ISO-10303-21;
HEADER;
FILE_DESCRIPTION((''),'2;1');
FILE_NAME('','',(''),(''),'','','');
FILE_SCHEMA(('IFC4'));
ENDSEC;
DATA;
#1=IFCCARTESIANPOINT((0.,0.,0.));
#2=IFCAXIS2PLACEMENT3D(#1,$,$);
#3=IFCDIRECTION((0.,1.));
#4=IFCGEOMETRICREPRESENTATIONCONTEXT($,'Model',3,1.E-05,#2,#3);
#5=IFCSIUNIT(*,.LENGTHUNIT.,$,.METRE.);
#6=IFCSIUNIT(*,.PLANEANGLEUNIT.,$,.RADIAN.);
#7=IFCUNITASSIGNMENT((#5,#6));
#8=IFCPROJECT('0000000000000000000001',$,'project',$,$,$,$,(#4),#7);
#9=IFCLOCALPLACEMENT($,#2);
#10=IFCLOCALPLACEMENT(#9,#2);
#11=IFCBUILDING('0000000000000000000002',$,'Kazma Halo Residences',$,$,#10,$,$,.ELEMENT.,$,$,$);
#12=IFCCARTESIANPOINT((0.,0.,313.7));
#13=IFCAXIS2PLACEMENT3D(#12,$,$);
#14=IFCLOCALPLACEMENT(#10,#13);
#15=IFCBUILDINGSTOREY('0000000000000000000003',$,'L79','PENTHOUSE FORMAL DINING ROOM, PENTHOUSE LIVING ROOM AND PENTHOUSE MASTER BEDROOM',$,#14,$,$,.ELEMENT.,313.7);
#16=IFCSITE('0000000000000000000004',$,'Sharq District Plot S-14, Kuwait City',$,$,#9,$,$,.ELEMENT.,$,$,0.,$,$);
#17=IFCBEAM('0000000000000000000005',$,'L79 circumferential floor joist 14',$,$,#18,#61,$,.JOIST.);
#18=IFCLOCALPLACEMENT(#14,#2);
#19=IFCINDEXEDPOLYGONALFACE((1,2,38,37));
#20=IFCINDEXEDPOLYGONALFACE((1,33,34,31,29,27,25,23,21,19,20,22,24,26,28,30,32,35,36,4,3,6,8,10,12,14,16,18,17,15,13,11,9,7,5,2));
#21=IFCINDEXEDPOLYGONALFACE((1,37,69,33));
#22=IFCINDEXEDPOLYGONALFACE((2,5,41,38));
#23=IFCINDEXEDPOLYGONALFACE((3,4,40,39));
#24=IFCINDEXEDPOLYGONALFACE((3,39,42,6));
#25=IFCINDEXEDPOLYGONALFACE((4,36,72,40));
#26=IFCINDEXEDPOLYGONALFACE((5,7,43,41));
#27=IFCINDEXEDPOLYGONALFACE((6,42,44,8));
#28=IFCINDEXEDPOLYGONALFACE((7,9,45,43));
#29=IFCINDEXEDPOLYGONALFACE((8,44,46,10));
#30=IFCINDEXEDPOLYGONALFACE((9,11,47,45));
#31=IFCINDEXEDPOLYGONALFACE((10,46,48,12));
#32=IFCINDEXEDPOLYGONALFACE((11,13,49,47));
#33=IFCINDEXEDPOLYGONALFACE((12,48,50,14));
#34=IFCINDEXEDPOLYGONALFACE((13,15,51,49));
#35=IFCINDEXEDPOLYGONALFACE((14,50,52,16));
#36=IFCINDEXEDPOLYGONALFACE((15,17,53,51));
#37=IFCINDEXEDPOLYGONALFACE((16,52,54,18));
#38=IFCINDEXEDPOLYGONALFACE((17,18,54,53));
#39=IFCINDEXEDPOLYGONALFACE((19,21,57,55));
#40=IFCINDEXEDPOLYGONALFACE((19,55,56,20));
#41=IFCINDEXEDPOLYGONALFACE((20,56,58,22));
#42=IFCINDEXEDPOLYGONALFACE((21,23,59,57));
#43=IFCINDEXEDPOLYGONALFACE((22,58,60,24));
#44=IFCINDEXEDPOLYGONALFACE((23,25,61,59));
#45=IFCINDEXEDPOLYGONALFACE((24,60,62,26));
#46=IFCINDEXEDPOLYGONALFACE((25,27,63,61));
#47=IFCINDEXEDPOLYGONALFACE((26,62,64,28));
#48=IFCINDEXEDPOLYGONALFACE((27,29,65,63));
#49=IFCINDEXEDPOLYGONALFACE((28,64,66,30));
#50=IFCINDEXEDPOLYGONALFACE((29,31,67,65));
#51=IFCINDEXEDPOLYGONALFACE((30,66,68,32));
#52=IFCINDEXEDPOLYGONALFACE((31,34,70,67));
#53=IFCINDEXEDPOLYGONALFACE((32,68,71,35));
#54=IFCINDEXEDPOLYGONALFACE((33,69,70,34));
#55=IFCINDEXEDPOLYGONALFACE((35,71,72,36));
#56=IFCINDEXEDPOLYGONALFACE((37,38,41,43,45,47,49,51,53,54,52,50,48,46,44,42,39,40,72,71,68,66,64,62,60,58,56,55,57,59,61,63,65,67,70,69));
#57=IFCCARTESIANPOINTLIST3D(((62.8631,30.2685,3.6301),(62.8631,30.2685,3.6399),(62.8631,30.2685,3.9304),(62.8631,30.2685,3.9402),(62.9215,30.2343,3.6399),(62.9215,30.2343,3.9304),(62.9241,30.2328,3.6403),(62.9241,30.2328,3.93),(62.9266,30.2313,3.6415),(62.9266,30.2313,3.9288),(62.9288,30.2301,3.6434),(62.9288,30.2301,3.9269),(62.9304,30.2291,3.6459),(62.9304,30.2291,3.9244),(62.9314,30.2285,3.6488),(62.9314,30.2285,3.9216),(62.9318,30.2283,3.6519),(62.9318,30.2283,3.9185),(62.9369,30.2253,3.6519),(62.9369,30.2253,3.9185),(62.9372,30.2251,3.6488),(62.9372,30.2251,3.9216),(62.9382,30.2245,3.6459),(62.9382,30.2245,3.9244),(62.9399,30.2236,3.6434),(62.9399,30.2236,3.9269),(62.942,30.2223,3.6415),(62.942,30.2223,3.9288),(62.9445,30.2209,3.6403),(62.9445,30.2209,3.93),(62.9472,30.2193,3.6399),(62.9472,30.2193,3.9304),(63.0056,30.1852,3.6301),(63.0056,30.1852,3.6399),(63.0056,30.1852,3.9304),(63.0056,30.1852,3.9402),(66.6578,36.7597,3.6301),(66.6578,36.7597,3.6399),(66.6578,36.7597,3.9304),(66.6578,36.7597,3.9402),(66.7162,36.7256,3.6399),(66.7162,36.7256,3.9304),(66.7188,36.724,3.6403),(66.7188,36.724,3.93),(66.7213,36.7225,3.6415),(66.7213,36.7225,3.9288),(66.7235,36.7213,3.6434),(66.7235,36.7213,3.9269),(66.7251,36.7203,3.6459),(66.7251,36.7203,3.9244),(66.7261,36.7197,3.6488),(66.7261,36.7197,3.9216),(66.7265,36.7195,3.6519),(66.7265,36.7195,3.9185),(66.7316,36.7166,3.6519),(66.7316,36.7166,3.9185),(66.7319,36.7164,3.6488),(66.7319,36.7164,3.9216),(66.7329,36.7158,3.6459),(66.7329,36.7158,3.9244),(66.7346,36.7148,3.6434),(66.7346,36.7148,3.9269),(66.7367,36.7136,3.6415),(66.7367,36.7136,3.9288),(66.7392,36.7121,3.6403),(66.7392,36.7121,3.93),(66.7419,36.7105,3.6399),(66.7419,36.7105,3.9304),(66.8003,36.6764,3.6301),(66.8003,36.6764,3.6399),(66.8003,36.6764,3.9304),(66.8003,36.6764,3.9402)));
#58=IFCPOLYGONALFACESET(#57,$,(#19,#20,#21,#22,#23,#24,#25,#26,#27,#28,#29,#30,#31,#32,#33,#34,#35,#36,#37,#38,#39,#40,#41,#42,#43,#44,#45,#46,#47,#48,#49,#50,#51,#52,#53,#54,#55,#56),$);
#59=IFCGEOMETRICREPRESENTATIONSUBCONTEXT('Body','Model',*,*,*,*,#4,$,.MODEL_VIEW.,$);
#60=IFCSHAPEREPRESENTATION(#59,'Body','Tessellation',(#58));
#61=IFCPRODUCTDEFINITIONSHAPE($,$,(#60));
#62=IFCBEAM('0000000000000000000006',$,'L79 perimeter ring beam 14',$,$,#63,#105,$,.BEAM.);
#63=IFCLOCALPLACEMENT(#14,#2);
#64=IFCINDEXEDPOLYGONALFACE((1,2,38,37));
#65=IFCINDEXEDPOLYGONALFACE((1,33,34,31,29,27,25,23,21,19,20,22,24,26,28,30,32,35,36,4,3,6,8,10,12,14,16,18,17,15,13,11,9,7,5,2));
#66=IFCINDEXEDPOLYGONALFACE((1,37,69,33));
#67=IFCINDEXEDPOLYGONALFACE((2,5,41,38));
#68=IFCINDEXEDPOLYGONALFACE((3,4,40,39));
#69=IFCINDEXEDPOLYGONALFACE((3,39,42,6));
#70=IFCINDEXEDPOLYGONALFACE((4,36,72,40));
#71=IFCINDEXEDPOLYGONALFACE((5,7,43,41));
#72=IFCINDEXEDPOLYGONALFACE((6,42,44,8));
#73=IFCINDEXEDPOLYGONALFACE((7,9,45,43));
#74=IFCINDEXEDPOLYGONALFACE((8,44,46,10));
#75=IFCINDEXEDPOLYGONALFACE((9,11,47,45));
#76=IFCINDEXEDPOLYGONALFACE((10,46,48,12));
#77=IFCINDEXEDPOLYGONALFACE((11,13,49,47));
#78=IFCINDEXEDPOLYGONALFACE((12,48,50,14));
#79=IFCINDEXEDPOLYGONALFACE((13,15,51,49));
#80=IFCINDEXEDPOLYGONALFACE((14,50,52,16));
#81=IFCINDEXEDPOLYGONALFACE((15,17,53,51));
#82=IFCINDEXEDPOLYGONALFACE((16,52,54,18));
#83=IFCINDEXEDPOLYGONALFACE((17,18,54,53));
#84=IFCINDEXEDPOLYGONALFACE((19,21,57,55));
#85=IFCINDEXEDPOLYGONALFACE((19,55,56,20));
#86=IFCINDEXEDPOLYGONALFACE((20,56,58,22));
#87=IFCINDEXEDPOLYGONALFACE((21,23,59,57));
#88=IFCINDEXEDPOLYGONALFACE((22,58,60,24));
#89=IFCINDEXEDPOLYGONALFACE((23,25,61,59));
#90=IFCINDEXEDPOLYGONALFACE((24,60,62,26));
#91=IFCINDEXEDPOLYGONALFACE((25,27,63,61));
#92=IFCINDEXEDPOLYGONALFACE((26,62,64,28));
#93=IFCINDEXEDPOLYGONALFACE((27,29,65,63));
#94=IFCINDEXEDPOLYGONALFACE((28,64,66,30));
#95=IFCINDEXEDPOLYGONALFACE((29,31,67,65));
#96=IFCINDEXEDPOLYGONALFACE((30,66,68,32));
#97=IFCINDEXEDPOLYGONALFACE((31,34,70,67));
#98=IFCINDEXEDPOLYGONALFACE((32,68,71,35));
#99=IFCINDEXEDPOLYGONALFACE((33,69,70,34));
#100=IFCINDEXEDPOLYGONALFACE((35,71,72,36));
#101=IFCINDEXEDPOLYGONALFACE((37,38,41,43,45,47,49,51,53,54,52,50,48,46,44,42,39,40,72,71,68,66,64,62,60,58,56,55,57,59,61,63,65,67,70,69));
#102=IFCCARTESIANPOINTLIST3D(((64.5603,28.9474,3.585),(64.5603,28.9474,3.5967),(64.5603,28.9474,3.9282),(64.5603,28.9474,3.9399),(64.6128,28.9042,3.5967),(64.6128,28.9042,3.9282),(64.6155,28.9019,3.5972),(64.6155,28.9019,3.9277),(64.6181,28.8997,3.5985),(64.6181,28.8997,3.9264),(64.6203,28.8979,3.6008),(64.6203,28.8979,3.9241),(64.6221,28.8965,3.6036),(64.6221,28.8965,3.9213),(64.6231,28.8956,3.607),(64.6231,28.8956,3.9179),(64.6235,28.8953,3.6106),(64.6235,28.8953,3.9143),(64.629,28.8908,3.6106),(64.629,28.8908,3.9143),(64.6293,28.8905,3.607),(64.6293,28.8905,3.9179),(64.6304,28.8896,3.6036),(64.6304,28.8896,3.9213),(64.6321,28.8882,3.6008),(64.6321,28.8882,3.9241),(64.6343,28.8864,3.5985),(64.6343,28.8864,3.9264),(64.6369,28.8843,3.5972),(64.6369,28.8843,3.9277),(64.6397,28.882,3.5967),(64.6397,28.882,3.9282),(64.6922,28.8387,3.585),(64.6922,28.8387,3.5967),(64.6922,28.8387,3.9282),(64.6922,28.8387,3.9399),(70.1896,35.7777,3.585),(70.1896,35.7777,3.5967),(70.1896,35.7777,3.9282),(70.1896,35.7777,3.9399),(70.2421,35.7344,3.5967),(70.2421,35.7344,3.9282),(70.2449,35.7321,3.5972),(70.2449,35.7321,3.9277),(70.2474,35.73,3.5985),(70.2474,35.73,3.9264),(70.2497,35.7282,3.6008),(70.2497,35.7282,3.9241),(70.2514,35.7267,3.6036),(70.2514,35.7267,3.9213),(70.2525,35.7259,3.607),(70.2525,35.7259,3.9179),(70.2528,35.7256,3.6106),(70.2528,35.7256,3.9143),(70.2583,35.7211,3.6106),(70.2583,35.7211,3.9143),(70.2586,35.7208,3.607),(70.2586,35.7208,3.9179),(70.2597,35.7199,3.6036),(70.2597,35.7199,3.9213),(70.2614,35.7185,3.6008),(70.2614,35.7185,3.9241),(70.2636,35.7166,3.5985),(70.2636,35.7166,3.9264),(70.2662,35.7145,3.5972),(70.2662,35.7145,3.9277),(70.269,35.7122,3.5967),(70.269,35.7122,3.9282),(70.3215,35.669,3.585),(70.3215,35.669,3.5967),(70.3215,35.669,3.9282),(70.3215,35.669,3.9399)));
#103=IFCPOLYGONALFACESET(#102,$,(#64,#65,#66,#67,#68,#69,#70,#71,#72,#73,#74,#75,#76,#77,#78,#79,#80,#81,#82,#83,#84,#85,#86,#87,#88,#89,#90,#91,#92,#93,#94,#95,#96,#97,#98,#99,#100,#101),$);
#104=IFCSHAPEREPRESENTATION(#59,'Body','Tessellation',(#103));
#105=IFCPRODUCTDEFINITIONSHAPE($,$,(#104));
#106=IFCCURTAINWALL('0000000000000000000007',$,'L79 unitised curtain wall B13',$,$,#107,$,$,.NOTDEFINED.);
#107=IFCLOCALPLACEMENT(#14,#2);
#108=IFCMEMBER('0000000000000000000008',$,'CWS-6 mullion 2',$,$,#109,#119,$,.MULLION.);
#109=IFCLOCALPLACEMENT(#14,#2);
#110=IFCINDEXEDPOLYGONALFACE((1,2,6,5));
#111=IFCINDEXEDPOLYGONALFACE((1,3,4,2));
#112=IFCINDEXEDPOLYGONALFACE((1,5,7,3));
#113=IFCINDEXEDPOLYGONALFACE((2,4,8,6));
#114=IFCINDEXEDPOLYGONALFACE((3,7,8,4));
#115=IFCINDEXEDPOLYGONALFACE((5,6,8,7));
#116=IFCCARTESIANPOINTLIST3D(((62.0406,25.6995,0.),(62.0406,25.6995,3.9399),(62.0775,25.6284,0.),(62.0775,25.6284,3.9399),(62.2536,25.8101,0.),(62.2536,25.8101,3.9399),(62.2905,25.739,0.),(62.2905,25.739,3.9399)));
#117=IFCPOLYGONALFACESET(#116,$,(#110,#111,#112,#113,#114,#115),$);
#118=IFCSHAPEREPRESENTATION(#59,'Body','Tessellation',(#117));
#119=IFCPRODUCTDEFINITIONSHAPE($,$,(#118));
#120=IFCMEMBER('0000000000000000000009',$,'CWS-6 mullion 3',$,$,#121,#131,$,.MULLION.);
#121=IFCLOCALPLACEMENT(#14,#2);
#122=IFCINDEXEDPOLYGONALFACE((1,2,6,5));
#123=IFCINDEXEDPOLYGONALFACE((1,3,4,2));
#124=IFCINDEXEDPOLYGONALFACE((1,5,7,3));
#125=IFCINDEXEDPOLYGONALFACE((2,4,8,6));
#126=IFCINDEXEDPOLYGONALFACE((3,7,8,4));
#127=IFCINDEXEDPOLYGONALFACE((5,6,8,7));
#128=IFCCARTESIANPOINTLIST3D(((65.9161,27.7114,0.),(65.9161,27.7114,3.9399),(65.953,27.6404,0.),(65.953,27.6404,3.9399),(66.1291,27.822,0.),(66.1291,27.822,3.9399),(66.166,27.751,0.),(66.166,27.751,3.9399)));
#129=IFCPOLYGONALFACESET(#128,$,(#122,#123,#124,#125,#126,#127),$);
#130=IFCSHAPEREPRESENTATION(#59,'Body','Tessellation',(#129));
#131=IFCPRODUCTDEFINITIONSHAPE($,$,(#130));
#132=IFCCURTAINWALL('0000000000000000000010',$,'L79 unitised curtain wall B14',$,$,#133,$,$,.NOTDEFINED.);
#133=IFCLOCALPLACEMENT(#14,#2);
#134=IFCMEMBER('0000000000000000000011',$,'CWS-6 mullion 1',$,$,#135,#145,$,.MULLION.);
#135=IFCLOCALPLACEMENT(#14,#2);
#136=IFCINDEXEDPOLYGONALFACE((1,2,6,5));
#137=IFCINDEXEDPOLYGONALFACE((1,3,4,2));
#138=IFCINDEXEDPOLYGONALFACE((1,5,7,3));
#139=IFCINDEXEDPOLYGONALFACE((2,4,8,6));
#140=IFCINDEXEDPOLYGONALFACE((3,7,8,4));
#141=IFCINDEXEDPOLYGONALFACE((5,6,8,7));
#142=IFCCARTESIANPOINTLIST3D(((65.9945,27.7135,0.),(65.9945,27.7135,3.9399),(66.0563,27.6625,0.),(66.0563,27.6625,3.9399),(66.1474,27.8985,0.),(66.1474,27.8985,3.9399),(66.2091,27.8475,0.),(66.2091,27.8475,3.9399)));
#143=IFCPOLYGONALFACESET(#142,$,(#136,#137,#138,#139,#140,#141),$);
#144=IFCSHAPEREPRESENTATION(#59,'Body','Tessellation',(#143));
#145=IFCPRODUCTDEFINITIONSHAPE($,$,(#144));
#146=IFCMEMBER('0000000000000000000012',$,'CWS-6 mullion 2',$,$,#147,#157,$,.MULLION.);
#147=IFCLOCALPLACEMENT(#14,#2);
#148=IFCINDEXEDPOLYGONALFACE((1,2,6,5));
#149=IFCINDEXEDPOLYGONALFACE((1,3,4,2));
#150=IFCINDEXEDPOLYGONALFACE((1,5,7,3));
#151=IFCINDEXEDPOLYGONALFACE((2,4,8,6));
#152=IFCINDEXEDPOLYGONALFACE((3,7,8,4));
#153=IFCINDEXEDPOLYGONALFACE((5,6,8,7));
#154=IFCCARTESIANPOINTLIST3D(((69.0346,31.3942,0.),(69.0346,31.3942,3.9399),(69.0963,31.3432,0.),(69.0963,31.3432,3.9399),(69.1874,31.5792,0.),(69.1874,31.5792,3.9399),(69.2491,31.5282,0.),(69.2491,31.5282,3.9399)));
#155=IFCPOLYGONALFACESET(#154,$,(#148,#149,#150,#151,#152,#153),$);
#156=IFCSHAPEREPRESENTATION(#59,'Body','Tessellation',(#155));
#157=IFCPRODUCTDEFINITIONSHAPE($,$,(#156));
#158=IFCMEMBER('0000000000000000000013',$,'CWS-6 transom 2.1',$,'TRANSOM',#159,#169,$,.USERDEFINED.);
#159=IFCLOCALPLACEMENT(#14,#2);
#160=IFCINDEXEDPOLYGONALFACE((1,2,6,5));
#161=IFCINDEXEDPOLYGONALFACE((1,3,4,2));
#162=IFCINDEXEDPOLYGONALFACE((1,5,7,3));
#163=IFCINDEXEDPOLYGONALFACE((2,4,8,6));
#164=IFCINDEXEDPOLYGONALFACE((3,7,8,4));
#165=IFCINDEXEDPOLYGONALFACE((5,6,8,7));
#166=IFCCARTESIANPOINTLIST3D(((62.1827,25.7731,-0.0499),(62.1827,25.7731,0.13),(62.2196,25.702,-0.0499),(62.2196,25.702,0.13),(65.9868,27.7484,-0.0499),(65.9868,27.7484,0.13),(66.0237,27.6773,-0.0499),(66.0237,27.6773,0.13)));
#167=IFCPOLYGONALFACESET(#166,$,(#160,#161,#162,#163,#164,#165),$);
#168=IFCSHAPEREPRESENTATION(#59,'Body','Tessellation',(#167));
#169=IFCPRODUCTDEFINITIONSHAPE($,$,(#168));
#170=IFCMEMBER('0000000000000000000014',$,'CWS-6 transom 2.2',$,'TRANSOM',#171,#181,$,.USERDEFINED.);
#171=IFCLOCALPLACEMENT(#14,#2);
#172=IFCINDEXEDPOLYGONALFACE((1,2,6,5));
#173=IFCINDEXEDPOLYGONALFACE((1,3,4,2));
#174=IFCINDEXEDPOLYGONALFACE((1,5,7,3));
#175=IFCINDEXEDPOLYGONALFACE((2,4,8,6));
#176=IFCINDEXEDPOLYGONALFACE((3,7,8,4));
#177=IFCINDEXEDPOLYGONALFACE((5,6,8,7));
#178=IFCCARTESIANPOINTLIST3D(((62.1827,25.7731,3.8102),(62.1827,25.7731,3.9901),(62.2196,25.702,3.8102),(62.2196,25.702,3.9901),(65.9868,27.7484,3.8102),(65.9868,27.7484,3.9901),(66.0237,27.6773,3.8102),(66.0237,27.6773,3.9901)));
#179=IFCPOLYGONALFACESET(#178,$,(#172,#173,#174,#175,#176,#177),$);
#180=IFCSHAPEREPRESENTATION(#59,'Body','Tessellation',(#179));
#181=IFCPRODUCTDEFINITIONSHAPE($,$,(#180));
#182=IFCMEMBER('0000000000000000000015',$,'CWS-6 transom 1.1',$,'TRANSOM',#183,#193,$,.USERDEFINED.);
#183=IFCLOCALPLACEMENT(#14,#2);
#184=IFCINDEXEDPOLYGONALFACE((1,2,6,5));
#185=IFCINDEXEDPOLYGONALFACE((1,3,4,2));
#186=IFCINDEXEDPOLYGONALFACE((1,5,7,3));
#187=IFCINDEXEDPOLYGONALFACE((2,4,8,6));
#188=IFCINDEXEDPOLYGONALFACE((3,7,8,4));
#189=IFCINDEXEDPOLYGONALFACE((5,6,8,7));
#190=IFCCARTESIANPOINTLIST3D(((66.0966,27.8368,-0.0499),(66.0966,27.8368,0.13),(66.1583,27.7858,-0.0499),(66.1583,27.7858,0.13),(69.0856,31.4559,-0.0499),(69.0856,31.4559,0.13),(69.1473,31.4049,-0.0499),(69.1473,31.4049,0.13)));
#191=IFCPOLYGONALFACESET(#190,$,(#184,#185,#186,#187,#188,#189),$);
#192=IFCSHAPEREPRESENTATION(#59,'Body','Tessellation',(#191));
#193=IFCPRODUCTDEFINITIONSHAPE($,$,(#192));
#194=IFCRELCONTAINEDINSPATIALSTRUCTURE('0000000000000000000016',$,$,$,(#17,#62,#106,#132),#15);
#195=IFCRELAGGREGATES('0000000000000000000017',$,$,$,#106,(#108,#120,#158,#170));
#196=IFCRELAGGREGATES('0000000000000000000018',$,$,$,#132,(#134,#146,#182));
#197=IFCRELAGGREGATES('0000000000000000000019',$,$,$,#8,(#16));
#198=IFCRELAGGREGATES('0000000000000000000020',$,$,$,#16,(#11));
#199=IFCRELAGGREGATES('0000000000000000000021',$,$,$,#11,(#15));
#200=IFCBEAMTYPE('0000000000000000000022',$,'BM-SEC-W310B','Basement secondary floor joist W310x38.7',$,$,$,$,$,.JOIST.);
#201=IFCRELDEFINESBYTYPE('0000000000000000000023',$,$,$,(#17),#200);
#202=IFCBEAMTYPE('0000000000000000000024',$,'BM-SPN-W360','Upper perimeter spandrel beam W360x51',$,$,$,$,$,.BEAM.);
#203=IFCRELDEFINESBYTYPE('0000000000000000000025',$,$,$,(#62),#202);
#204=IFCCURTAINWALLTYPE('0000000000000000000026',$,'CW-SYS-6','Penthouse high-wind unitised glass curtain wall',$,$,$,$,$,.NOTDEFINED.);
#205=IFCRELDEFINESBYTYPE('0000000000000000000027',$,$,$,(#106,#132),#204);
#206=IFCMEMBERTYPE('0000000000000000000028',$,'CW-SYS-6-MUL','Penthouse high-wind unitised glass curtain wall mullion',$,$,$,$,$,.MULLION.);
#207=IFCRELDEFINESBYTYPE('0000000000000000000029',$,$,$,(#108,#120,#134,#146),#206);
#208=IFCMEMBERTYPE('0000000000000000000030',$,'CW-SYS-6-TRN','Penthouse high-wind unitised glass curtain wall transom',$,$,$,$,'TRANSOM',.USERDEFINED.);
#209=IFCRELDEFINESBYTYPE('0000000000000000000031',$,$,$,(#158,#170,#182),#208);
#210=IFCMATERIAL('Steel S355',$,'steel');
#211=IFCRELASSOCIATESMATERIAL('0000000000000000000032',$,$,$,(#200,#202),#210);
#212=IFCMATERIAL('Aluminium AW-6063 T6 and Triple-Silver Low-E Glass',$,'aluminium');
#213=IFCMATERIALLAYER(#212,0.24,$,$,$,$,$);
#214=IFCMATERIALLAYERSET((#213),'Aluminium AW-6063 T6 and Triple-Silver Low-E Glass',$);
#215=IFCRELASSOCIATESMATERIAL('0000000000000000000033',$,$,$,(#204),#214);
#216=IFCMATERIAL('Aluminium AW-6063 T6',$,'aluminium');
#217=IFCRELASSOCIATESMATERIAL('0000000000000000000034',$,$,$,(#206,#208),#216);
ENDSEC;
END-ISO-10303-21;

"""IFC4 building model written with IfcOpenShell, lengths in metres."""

from ifc_helpers import new_model, si_unit, direction, frame, origin, origin_2d, place, context, subcontext, project, spatial, rectangle, i_section, extrude, material, layer, layer_set, material_profile, profile_set, type_object, element, aggregate, save


model = new_model("IFC4")

# Units and contexts
model_context = context("Model", 3, precision=1e-05, world=origin(), true_north=direction((0.0, 1.0)))
body_context = subcontext(model_context, "Body", "Model", "MODEL_VIEW")
ifc_project = project(units=[si_unit("LENGTHUNIT", "METRE"), si_unit("PLANEANGLEUNIT", "RADIAN")], contexts=[model_context])

# Site, building, storey
site_placement = place(None, origin())
site = spatial("IfcSite", under=ifc_project, at=site_placement, Name="Sharq District Plot S-14, Kuwait City", CompositionType="ELEMENT", RefElevation=0.0)
building_placement = place(site_placement, origin())
building = spatial("IfcBuilding", under=site, at=building_placement, Name="Kazma Halo Residences", CompositionType="ELEMENT")
storey_placement = place(building_placement, frame((0.0, 0.0, 313.7)))
storey = spatial("IfcBuildingStorey", under=building, at=storey_placement, Name="L79", Description="PENTHOUSE FORMAL DINING ROOM, PENTHOUSE LIVING ROOM AND PENTHOUSE MASTER BEDROOM", CompositionType="ELEMENT", Elevation=313.7)

# Beams
ifc_material_1 = material(Name="Steel S355", Category="steel")
ifc_material_profile_1 = material_profile(ifc_material_1, i_section(OverallWidth=0.165, OverallDepth=0.3101, WebThickness=0.0059, FlangeThickness=0.0098, FilletRadius=0.012, at=origin_2d()), Name="W310x38.7")
ifc_profile_set_1 = profile_set([ifc_material_profile_1], Name="Steel S355")
beam_type_1 = type_object("IfcBeamType", Name="BM-SEC-W310B", Description="Basement secondary floor joist W310x38.7", PredefinedType="JOIST", material=ifc_profile_set_1)
beam_1_placement = place(storey_placement, frame((62.9343, 30.2268, 3.7852), z_axis=(0.504678, 0.863307, 0.0), x_axis=(-0.863307, 0.504678, 0.0)))
element("IfcBeam", 1, at=beam_1_placement, inside=storey, type_object=beam_type_1, Name="L79 circumferential floor joist 14", PredefinedType="JOIST", context=body_context, shape_type="SweptSolid", body=[
    extrude(i_section(OverallWidth=0.165, OverallDepth=0.3101, WebThickness=0.0059, FlangeThickness=0.0098, FilletRadius=0.012, at=origin_2d()), origin(), (0.0, 0.0, 1.0), 7.519),
])
ifc_material_profile_2 = material_profile(ifc_material_1, i_section(OverallWidth=0.1709, OverallDepth=0.355, WebThickness=0.0071, FlangeThickness=0.0117, FilletRadius=0.0139, at=origin_2d()), Name="W360x51")
ifc_profile_set_2 = profile_set([ifc_material_profile_2], Name="Steel S355")
beam_type_2 = type_object("IfcBeamType", Name="BM-SPN-W360", Description="Upper perimeter spandrel beam W360x51", PredefinedType="BEAM", material=ifc_profile_set_2)
beam_2_placement = place(storey_placement, frame((64.6262, 28.8931, 3.7625), z_axis=(0.636005, 0.771685, 0.0), x_axis=(-0.771685, 0.636005, 0.0)))
element("IfcBeam", 2, at=beam_2_placement, inside=storey, type_object=beam_type_2, Name="L79 perimeter ring beam 14", PredefinedType="BEAM", context=body_context, shape_type="SweptSolid", body=[
    extrude(i_section(OverallWidth=0.1709, OverallDepth=0.355, WebThickness=0.0071, FlangeThickness=0.0117, FilletRadius=0.0139, at=origin_2d()), origin(), (0.0, 0.0, 1.0), 8.8511),
])

# Curtain walls, members
ifc_material_2 = material(Name="Aluminium AW-6063 T6 and Triple-Silver Low-E Glass", Category="aluminium")
ifc_layer_1 = layer(ifc_material_2, 0.24)
ifc_layer_set_1 = layer_set([ifc_layer_1], Name="Aluminium AW-6063 T6 and Triple-Silver Low-E Glass")
curtain_wall_type = type_object("IfcCurtainWallType", Name="CW-SYS-6", Description="Penthouse high-wind unitised glass curtain wall", PredefinedType="NOTDEFINED", material=ifc_layer_set_1)
curtain_wall_1_placement = place(storey_placement, origin())
curtain_wall_1 = element("IfcCurtainWall", 3, at=curtain_wall_1_placement, inside=storey, type_object=curtain_wall_type, Name="L79 unitised curtain wall B13", PredefinedType="NOTDEFINED")
ifc_material_3 = material(Name="Aluminium AW-6063 T6", Category="aluminium")
ifc_material_profile_3 = material_profile(ifc_material_3, rectangle(XDim=0.0801, YDim=0.24, at=origin_2d()), Name="CWM-80x240")
ifc_profile_set_3 = profile_set([ifc_material_profile_3], Name="Aluminium AW-6063 T6")
member_type_1 = type_object("IfcMemberType", Name="CW-SYS-6-MUL", Description="Penthouse high-wind unitised glass curtain wall mullion", PredefinedType="MULLION", material=ifc_profile_set_3)
member_1_placement = place(storey_placement, frame((62.1655, 25.7192, 0.0), z_axis=(0.0, 0.0, 1.0), x_axis=(-0.460796, 0.887506, 0.0)))
member_1 = element("IfcMember", 4, at=member_1_placement, type_object=member_type_1, Name="CWS-6 mullion 2", PredefinedType="MULLION", context=body_context, shape_type="SweptSolid", body=[
    extrude(rectangle(XDim=0.0801, YDim=0.24, at=origin_2d()), origin(), (0.0, 0.0, 1.0), 3.9399),
])
member_2_placement = place(storey_placement, frame((66.041, 27.7312, 0.0), z_axis=(0.0, 0.0, 1.0), x_axis=(-0.460796, 0.887506, 0.0)))
member_2 = element("IfcMember", 5, at=member_2_placement, type_object=member_type_1, Name="CWS-6 mullion 3", PredefinedType="MULLION", context=body_context, shape_type="SweptSolid", body=[
    extrude(rectangle(XDim=0.0801, YDim=0.24, at=origin_2d()), origin(), (0.0, 0.0, 1.0), 3.9399),
])
curtain_wall_2_placement = place(storey_placement, origin())
curtain_wall_2 = element("IfcCurtainWall", 6, at=curtain_wall_2_placement, inside=storey, type_object=curtain_wall_type, Name="L79 unitised curtain wall B14", PredefinedType="NOTDEFINED")
member_3_placement = place(storey_placement, frame((66.1018, 27.7805, 0.0), z_axis=(0.0, 0.0, 1.0), x_axis=(-0.771014, 0.636818, 0.0)))
member_3 = element("IfcMember", 7, at=member_3_placement, type_object=member_type_1, Name="CWS-6 mullion 1", PredefinedType="MULLION", context=body_context, shape_type="SweptSolid", body=[
    extrude(rectangle(XDim=0.0801, YDim=0.24, at=origin_2d()), origin(), (0.0, 0.0, 1.0), 3.9399),
])
member_4_placement = place(storey_placement, frame((69.1418, 31.4612, 0.0), z_axis=(0.0, 0.0, 1.0), x_axis=(-0.771014, 0.636818, 0.0)))
member_4 = element("IfcMember", 8, at=member_4_placement, type_object=member_type_1, Name="CWS-6 mullion 2", PredefinedType="MULLION", context=body_context, shape_type="SweptSolid", body=[
    extrude(rectangle(XDim=0.0801, YDim=0.24, at=origin_2d()), origin(), (0.0, 0.0, 1.0), 3.9399),
])

# Members
ifc_material_profile_4 = material_profile(ifc_material_3, rectangle(XDim=0.0801, YDim=0.1799, at=origin_2d()), Name="CWT-80x180")
ifc_profile_set_4 = profile_set([ifc_material_profile_4], Name="Aluminium AW-6063 T6")
member_type_2 = type_object("IfcMemberType", Name="CW-SYS-6-TRN", Description="Penthouse high-wind unitised glass curtain wall transom", ElementType="TRANSOM", PredefinedType="USERDEFINED", material=ifc_profile_set_4)
member_5_placement = place(storey_placement, frame((62.2012, 25.7375, 0.04), z_axis=(0.887488, 0.460831, 0.0), x_axis=(-0.460831, 0.887488, 0.0)))
member_5 = element("IfcMember", 9, at=member_5_placement, type_object=member_type_2, Name="CWS-6 transom 2.1", ObjectType="TRANSOM", PredefinedType="USERDEFINED", context=body_context, shape_type="SweptSolid", body=[
    extrude(rectangle(XDim=0.0801, YDim=0.1799, at=origin_2d()), origin(), (0.0, 0.0, 1.0), 4.2864),
])
member_6_placement = place(storey_placement, frame((62.2012, 25.7375, 3.9001), z_axis=(0.887488, 0.460831, 0.0), x_axis=(-0.460831, 0.887488, 0.0)))
member_6 = element("IfcMember", 10, at=member_6_placement, type_object=member_type_2, Name="CWS-6 transom 2.2", ObjectType="TRANSOM", PredefinedType="USERDEFINED", context=body_context, shape_type="SweptSolid", body=[
    extrude(rectangle(XDim=0.0801, YDim=0.1799, at=origin_2d()), origin(), (0.0, 0.0, 1.0), 4.2864),
])
member_7_placement = place(storey_placement, frame((66.1274, 27.8113, 0.04), z_axis=(0.636791, 0.771036, 0.0), x_axis=(-0.771036, 0.636791, 0.0)))
member_7 = element("IfcMember", 11, at=member_7_placement, type_object=member_type_2, Name="CWS-6 transom 1.1", ObjectType="TRANSOM", PredefinedType="USERDEFINED", context=body_context, shape_type="SweptSolid", body=[
    extrude(rectangle(XDim=0.0801, YDim=0.1799, at=origin_2d()), origin(), (0.0, 0.0, 1.0), 4.6938),
])

aggregate(curtain_wall_1, [member_1, member_2, member_5, member_6])
aggregate(curtain_wall_2, [member_3, member_4, member_7])

save(model, "model.ifc")
